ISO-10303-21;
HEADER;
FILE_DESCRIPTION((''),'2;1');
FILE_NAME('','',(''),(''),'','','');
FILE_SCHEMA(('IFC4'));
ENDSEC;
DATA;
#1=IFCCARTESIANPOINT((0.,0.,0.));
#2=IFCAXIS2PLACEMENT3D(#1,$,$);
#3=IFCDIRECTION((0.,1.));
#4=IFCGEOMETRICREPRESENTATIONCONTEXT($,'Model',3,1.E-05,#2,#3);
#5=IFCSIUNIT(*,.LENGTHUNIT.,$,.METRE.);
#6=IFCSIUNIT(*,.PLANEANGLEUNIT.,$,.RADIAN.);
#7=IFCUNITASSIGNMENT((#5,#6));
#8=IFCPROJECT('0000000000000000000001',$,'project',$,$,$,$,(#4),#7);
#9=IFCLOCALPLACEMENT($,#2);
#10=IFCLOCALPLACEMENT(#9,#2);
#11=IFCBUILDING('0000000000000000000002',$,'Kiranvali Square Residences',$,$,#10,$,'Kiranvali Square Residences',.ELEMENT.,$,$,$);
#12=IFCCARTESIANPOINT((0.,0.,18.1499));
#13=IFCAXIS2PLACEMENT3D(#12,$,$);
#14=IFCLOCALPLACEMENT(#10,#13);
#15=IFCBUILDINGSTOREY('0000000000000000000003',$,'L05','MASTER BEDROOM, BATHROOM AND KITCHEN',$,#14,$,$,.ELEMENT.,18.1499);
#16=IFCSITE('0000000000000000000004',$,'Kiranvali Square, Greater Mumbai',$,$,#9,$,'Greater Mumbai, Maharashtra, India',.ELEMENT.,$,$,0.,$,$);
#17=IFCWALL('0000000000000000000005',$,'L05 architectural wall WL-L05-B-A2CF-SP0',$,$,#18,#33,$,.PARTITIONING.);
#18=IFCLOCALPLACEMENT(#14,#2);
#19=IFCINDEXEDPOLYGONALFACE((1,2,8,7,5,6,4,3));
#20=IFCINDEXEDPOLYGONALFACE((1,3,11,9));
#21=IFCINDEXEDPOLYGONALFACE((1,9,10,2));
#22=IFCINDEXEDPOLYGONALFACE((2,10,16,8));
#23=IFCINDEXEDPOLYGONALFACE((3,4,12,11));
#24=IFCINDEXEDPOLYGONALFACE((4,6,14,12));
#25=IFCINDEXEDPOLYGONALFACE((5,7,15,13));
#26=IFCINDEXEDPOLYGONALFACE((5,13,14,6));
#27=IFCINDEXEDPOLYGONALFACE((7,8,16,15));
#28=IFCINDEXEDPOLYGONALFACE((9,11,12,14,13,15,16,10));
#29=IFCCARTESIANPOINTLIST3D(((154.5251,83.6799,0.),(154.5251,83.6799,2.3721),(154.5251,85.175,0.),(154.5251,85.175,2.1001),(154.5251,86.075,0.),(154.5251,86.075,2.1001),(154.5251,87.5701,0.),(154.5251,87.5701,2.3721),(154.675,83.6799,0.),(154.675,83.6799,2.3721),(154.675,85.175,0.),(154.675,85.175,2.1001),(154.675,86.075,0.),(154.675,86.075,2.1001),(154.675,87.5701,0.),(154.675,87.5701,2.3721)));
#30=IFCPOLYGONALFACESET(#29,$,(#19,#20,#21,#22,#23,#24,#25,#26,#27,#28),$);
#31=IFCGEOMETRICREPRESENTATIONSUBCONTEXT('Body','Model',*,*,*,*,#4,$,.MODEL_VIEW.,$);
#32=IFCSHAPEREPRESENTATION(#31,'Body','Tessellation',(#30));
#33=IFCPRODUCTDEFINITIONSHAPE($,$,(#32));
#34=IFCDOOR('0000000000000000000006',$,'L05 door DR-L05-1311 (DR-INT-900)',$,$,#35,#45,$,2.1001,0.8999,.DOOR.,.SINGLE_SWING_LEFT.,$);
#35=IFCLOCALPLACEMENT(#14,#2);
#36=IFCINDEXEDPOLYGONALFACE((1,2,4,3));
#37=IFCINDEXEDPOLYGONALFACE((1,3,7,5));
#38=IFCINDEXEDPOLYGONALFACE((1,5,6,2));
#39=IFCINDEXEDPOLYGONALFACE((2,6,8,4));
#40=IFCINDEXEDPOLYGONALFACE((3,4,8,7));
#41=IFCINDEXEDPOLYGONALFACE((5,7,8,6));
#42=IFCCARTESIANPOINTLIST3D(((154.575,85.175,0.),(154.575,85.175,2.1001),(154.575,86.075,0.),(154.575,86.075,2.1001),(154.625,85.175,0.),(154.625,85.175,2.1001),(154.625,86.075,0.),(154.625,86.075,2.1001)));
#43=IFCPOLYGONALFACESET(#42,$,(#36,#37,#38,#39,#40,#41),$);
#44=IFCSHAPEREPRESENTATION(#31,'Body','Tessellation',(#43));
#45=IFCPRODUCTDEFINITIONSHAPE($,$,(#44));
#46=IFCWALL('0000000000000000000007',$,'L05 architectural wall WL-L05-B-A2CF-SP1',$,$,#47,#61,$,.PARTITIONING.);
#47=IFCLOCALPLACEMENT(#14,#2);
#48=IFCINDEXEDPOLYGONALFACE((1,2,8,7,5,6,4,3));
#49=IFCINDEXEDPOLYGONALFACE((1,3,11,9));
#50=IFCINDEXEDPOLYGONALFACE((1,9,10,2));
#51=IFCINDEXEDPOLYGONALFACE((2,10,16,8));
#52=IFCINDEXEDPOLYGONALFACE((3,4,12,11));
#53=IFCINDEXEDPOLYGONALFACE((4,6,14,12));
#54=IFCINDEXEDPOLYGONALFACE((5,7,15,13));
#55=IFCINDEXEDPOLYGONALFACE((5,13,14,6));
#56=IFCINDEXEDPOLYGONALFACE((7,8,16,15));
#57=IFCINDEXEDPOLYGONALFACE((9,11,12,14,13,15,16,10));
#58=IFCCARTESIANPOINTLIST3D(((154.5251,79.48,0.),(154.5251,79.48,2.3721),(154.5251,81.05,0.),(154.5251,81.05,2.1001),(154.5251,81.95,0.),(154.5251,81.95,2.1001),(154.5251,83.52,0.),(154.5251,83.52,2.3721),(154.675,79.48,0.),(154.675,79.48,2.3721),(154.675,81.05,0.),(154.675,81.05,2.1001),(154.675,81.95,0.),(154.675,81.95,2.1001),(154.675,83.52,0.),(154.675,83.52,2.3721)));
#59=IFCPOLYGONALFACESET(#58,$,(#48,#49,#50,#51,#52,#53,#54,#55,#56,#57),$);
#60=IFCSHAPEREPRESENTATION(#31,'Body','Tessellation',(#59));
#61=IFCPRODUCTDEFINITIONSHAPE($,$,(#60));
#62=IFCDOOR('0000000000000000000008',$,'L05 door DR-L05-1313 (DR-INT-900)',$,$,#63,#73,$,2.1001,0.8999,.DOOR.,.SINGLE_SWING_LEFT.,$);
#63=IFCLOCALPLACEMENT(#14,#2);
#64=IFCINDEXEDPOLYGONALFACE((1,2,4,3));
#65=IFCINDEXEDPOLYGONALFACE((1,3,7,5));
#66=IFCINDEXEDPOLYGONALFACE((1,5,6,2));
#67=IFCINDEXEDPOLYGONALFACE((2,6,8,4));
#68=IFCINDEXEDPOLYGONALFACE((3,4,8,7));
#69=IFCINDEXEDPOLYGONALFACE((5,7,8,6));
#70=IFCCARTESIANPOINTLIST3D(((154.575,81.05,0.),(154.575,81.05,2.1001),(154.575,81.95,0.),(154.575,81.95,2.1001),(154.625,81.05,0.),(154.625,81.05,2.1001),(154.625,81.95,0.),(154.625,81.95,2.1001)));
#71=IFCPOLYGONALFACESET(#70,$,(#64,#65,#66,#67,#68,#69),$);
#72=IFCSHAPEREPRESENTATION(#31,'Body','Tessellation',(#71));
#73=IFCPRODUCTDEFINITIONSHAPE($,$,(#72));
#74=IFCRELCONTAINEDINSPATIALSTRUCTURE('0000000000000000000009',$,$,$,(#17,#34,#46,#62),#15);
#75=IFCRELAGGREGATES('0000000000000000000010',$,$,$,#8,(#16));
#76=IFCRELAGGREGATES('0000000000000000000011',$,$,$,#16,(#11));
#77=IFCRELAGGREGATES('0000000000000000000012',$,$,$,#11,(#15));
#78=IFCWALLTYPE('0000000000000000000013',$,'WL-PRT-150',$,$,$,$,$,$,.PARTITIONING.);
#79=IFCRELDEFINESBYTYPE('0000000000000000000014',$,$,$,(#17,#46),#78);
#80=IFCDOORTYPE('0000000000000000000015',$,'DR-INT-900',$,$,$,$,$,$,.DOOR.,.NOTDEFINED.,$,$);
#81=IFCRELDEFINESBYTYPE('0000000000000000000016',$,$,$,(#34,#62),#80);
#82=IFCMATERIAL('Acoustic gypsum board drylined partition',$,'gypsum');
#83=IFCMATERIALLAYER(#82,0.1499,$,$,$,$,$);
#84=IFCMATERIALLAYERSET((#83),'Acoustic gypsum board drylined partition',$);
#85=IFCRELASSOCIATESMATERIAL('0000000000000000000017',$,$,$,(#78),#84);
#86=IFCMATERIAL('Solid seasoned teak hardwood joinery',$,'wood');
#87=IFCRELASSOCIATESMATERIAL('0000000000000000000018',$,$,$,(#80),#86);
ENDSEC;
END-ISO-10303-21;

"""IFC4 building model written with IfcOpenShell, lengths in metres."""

from ifc_helpers import new_model, si_unit, direction, frame, frame_2d, origin, place, context, subcontext, project, spatial, rectangle, extrude, material, layer, layer_set, type_object, element, fill, save


model = new_model("IFC4")

# Units and contexts
model_context = context("Model", 3, precision=1e-05, world=origin(), true_north=direction((0.0, 1.0)))
body_context = subcontext(model_context, "Body", "Model", "MODEL_VIEW")
ifc_project = project(units=[si_unit("LENGTHUNIT", "METRE"), si_unit("PLANEANGLEUNIT", "RADIAN")], contexts=[model_context])

# Site, building, storey
site_placement = place(None, origin())
site = spatial("IfcSite", under=ifc_project, at=site_placement, Name="Kiranvali Square, Greater Mumbai", LongName="Greater Mumbai, Maharashtra, India", CompositionType="ELEMENT", RefElevation=0.0)
building_placement = place(site_placement, origin())
building = spatial("IfcBuilding", under=site, at=building_placement, Name="Kiranvali Square Residences", LongName="Kiranvali Square Residences", CompositionType="ELEMENT")
storey_placement = place(building_placement, frame((0.0, 0.0, 18.1499)))
storey = spatial("IfcBuildingStorey", under=building, at=storey_placement, Name="L05", Description="MASTER BEDROOM, BATHROOM AND KITCHEN", CompositionType="ELEMENT", Elevation=18.1499)

# Walls, openings, doors
ifc_material_1 = material(Name="Acoustic gypsum board drylined partition", Category="gypsum")
ifc_layer_1 = layer(ifc_material_1, 0.1499)
ifc_layer_set_1 = layer_set([ifc_layer_1], Name="Acoustic gypsum board drylined partition")
wall_type_1 = type_object("IfcWallType", Name="WL-PRT-150", PredefinedType="PARTITIONING", material=ifc_layer_set_1)
wall_1_placement = place(storey_placement, frame((154.6001, 87.5701, 0.0), z_axis=(0.0, 0.0, 1.0), x_axis=(0.0, -1.0, 0.0)))
wall_1 = element("IfcWall", 1, at=wall_1_placement, inside=storey, type_object=wall_type_1, Name="L05 architectural wall WL-L05-B-A2CF-SP0", PredefinedType="PARTITIONING", context=body_context, shape_type="SweptSolid", body=[
    extrude(rectangle(XDim=3.8901, YDim=0.1499, at=frame_2d((1.9451, 0.0))), origin(), (0.0, 0.0, 1.0), 2.3721),
])
opening_1_placement = place(wall_1_placement, frame((1.4951, 0.0, 0.0)))
opening_1 = element("IfcOpeningElement", 2, at=opening_1_placement, cuts=wall_1, PredefinedType="OPENING", context=body_context, shape_type="SweptSolid", body=[
    extrude(rectangle(XDim=0.8999, YDim=2.1001, at=frame_2d((0.45, 1.05))), frame((0.0, 0.085, 0.0), z_axis=(0.0, -1.0, 0.0), x_axis=(1.0, 0.0, 0.0)), (0.0, 0.0, 1.0), 0.1699),
])
ifc_material_2 = material(Name="Solid seasoned teak hardwood joinery", Category="wood")
door_type_1 = type_object("IfcDoorType", Name="DR-INT-900", OperationType="NOTDEFINED", PredefinedType="DOOR", material=ifc_material_2)
door_1_placement = place(opening_1_placement, origin())
door_1 = element("IfcDoor", 3, at=door_1_placement, inside=storey, type_object=door_type_1, Name="L05 door DR-L05-1311 (DR-INT-900)", OperationType="SINGLE_SWING_LEFT", OverallHeight=2.1001, OverallWidth=0.8999, PredefinedType="DOOR", context=body_context, shape_type="SweptSolid", body=[
    extrude(rectangle(XDim=0.8999, YDim=2.1001, at=frame_2d((0.45, 1.05))), frame((0.0, 0.0249, 0.0), z_axis=(0.0, -1.0, 0.0), x_axis=(1.0, 0.0, 0.0)), (0.0, 0.0, 1.0), 0.05),
])
fill(opening_1, door_1)
wall_2_placement = place(storey_placement, frame((154.6001, 83.52, 0.0), z_axis=(0.0, 0.0, 1.0), x_axis=(0.0, -1.0, 0.0)))
wall_2 = element("IfcWall", 4, at=wall_2_placement, inside=storey, type_object=wall_type_1, Name="L05 architectural wall WL-L05-B-A2CF-SP1", PredefinedType="PARTITIONING", context=body_context, shape_type="SweptSolid", body=[
    extrude(rectangle(XDim=4.04, YDim=0.1499, at=frame_2d((2.02, 0.0))), origin(), (0.0, 0.0, 1.0), 2.3721),
])
opening_2_placement = place(wall_2_placement, frame((1.5701, 0.0, 0.0)))
opening_2 = element("IfcOpeningElement", 5, at=opening_2_placement, cuts=wall_2, PredefinedType="OPENING", context=body_context, shape_type="SweptSolid", body=[
    extrude(rectangle(XDim=0.8999, YDim=2.1001, at=frame_2d((0.45, 1.05))), frame((0.0, 0.085, 0.0), z_axis=(0.0, -1.0, 0.0), x_axis=(1.0, 0.0, 0.0)), (0.0, 0.0, 1.0), 0.1699),
])
door_2_placement = place(opening_2_placement, origin())
door_2 = element("IfcDoor", 6, at=door_2_placement, inside=storey, type_object=door_type_1, Name="L05 door DR-L05-1313 (DR-INT-900)", OperationType="SINGLE_SWING_LEFT", OverallHeight=2.1001, OverallWidth=0.8999, PredefinedType="DOOR", context=body_context, shape_type="SweptSolid", body=[
    extrude(rectangle(XDim=0.8999, YDim=2.1001, at=frame_2d((0.45, 1.05))), frame((0.0, 0.0249, 0.0), z_axis=(0.0, -1.0, 0.0), x_axis=(1.0, 0.0, 0.0)), (0.0, 0.0, 1.0), 0.05),
])
fill(opening_2, door_2)

save(model, "model.ifc")
